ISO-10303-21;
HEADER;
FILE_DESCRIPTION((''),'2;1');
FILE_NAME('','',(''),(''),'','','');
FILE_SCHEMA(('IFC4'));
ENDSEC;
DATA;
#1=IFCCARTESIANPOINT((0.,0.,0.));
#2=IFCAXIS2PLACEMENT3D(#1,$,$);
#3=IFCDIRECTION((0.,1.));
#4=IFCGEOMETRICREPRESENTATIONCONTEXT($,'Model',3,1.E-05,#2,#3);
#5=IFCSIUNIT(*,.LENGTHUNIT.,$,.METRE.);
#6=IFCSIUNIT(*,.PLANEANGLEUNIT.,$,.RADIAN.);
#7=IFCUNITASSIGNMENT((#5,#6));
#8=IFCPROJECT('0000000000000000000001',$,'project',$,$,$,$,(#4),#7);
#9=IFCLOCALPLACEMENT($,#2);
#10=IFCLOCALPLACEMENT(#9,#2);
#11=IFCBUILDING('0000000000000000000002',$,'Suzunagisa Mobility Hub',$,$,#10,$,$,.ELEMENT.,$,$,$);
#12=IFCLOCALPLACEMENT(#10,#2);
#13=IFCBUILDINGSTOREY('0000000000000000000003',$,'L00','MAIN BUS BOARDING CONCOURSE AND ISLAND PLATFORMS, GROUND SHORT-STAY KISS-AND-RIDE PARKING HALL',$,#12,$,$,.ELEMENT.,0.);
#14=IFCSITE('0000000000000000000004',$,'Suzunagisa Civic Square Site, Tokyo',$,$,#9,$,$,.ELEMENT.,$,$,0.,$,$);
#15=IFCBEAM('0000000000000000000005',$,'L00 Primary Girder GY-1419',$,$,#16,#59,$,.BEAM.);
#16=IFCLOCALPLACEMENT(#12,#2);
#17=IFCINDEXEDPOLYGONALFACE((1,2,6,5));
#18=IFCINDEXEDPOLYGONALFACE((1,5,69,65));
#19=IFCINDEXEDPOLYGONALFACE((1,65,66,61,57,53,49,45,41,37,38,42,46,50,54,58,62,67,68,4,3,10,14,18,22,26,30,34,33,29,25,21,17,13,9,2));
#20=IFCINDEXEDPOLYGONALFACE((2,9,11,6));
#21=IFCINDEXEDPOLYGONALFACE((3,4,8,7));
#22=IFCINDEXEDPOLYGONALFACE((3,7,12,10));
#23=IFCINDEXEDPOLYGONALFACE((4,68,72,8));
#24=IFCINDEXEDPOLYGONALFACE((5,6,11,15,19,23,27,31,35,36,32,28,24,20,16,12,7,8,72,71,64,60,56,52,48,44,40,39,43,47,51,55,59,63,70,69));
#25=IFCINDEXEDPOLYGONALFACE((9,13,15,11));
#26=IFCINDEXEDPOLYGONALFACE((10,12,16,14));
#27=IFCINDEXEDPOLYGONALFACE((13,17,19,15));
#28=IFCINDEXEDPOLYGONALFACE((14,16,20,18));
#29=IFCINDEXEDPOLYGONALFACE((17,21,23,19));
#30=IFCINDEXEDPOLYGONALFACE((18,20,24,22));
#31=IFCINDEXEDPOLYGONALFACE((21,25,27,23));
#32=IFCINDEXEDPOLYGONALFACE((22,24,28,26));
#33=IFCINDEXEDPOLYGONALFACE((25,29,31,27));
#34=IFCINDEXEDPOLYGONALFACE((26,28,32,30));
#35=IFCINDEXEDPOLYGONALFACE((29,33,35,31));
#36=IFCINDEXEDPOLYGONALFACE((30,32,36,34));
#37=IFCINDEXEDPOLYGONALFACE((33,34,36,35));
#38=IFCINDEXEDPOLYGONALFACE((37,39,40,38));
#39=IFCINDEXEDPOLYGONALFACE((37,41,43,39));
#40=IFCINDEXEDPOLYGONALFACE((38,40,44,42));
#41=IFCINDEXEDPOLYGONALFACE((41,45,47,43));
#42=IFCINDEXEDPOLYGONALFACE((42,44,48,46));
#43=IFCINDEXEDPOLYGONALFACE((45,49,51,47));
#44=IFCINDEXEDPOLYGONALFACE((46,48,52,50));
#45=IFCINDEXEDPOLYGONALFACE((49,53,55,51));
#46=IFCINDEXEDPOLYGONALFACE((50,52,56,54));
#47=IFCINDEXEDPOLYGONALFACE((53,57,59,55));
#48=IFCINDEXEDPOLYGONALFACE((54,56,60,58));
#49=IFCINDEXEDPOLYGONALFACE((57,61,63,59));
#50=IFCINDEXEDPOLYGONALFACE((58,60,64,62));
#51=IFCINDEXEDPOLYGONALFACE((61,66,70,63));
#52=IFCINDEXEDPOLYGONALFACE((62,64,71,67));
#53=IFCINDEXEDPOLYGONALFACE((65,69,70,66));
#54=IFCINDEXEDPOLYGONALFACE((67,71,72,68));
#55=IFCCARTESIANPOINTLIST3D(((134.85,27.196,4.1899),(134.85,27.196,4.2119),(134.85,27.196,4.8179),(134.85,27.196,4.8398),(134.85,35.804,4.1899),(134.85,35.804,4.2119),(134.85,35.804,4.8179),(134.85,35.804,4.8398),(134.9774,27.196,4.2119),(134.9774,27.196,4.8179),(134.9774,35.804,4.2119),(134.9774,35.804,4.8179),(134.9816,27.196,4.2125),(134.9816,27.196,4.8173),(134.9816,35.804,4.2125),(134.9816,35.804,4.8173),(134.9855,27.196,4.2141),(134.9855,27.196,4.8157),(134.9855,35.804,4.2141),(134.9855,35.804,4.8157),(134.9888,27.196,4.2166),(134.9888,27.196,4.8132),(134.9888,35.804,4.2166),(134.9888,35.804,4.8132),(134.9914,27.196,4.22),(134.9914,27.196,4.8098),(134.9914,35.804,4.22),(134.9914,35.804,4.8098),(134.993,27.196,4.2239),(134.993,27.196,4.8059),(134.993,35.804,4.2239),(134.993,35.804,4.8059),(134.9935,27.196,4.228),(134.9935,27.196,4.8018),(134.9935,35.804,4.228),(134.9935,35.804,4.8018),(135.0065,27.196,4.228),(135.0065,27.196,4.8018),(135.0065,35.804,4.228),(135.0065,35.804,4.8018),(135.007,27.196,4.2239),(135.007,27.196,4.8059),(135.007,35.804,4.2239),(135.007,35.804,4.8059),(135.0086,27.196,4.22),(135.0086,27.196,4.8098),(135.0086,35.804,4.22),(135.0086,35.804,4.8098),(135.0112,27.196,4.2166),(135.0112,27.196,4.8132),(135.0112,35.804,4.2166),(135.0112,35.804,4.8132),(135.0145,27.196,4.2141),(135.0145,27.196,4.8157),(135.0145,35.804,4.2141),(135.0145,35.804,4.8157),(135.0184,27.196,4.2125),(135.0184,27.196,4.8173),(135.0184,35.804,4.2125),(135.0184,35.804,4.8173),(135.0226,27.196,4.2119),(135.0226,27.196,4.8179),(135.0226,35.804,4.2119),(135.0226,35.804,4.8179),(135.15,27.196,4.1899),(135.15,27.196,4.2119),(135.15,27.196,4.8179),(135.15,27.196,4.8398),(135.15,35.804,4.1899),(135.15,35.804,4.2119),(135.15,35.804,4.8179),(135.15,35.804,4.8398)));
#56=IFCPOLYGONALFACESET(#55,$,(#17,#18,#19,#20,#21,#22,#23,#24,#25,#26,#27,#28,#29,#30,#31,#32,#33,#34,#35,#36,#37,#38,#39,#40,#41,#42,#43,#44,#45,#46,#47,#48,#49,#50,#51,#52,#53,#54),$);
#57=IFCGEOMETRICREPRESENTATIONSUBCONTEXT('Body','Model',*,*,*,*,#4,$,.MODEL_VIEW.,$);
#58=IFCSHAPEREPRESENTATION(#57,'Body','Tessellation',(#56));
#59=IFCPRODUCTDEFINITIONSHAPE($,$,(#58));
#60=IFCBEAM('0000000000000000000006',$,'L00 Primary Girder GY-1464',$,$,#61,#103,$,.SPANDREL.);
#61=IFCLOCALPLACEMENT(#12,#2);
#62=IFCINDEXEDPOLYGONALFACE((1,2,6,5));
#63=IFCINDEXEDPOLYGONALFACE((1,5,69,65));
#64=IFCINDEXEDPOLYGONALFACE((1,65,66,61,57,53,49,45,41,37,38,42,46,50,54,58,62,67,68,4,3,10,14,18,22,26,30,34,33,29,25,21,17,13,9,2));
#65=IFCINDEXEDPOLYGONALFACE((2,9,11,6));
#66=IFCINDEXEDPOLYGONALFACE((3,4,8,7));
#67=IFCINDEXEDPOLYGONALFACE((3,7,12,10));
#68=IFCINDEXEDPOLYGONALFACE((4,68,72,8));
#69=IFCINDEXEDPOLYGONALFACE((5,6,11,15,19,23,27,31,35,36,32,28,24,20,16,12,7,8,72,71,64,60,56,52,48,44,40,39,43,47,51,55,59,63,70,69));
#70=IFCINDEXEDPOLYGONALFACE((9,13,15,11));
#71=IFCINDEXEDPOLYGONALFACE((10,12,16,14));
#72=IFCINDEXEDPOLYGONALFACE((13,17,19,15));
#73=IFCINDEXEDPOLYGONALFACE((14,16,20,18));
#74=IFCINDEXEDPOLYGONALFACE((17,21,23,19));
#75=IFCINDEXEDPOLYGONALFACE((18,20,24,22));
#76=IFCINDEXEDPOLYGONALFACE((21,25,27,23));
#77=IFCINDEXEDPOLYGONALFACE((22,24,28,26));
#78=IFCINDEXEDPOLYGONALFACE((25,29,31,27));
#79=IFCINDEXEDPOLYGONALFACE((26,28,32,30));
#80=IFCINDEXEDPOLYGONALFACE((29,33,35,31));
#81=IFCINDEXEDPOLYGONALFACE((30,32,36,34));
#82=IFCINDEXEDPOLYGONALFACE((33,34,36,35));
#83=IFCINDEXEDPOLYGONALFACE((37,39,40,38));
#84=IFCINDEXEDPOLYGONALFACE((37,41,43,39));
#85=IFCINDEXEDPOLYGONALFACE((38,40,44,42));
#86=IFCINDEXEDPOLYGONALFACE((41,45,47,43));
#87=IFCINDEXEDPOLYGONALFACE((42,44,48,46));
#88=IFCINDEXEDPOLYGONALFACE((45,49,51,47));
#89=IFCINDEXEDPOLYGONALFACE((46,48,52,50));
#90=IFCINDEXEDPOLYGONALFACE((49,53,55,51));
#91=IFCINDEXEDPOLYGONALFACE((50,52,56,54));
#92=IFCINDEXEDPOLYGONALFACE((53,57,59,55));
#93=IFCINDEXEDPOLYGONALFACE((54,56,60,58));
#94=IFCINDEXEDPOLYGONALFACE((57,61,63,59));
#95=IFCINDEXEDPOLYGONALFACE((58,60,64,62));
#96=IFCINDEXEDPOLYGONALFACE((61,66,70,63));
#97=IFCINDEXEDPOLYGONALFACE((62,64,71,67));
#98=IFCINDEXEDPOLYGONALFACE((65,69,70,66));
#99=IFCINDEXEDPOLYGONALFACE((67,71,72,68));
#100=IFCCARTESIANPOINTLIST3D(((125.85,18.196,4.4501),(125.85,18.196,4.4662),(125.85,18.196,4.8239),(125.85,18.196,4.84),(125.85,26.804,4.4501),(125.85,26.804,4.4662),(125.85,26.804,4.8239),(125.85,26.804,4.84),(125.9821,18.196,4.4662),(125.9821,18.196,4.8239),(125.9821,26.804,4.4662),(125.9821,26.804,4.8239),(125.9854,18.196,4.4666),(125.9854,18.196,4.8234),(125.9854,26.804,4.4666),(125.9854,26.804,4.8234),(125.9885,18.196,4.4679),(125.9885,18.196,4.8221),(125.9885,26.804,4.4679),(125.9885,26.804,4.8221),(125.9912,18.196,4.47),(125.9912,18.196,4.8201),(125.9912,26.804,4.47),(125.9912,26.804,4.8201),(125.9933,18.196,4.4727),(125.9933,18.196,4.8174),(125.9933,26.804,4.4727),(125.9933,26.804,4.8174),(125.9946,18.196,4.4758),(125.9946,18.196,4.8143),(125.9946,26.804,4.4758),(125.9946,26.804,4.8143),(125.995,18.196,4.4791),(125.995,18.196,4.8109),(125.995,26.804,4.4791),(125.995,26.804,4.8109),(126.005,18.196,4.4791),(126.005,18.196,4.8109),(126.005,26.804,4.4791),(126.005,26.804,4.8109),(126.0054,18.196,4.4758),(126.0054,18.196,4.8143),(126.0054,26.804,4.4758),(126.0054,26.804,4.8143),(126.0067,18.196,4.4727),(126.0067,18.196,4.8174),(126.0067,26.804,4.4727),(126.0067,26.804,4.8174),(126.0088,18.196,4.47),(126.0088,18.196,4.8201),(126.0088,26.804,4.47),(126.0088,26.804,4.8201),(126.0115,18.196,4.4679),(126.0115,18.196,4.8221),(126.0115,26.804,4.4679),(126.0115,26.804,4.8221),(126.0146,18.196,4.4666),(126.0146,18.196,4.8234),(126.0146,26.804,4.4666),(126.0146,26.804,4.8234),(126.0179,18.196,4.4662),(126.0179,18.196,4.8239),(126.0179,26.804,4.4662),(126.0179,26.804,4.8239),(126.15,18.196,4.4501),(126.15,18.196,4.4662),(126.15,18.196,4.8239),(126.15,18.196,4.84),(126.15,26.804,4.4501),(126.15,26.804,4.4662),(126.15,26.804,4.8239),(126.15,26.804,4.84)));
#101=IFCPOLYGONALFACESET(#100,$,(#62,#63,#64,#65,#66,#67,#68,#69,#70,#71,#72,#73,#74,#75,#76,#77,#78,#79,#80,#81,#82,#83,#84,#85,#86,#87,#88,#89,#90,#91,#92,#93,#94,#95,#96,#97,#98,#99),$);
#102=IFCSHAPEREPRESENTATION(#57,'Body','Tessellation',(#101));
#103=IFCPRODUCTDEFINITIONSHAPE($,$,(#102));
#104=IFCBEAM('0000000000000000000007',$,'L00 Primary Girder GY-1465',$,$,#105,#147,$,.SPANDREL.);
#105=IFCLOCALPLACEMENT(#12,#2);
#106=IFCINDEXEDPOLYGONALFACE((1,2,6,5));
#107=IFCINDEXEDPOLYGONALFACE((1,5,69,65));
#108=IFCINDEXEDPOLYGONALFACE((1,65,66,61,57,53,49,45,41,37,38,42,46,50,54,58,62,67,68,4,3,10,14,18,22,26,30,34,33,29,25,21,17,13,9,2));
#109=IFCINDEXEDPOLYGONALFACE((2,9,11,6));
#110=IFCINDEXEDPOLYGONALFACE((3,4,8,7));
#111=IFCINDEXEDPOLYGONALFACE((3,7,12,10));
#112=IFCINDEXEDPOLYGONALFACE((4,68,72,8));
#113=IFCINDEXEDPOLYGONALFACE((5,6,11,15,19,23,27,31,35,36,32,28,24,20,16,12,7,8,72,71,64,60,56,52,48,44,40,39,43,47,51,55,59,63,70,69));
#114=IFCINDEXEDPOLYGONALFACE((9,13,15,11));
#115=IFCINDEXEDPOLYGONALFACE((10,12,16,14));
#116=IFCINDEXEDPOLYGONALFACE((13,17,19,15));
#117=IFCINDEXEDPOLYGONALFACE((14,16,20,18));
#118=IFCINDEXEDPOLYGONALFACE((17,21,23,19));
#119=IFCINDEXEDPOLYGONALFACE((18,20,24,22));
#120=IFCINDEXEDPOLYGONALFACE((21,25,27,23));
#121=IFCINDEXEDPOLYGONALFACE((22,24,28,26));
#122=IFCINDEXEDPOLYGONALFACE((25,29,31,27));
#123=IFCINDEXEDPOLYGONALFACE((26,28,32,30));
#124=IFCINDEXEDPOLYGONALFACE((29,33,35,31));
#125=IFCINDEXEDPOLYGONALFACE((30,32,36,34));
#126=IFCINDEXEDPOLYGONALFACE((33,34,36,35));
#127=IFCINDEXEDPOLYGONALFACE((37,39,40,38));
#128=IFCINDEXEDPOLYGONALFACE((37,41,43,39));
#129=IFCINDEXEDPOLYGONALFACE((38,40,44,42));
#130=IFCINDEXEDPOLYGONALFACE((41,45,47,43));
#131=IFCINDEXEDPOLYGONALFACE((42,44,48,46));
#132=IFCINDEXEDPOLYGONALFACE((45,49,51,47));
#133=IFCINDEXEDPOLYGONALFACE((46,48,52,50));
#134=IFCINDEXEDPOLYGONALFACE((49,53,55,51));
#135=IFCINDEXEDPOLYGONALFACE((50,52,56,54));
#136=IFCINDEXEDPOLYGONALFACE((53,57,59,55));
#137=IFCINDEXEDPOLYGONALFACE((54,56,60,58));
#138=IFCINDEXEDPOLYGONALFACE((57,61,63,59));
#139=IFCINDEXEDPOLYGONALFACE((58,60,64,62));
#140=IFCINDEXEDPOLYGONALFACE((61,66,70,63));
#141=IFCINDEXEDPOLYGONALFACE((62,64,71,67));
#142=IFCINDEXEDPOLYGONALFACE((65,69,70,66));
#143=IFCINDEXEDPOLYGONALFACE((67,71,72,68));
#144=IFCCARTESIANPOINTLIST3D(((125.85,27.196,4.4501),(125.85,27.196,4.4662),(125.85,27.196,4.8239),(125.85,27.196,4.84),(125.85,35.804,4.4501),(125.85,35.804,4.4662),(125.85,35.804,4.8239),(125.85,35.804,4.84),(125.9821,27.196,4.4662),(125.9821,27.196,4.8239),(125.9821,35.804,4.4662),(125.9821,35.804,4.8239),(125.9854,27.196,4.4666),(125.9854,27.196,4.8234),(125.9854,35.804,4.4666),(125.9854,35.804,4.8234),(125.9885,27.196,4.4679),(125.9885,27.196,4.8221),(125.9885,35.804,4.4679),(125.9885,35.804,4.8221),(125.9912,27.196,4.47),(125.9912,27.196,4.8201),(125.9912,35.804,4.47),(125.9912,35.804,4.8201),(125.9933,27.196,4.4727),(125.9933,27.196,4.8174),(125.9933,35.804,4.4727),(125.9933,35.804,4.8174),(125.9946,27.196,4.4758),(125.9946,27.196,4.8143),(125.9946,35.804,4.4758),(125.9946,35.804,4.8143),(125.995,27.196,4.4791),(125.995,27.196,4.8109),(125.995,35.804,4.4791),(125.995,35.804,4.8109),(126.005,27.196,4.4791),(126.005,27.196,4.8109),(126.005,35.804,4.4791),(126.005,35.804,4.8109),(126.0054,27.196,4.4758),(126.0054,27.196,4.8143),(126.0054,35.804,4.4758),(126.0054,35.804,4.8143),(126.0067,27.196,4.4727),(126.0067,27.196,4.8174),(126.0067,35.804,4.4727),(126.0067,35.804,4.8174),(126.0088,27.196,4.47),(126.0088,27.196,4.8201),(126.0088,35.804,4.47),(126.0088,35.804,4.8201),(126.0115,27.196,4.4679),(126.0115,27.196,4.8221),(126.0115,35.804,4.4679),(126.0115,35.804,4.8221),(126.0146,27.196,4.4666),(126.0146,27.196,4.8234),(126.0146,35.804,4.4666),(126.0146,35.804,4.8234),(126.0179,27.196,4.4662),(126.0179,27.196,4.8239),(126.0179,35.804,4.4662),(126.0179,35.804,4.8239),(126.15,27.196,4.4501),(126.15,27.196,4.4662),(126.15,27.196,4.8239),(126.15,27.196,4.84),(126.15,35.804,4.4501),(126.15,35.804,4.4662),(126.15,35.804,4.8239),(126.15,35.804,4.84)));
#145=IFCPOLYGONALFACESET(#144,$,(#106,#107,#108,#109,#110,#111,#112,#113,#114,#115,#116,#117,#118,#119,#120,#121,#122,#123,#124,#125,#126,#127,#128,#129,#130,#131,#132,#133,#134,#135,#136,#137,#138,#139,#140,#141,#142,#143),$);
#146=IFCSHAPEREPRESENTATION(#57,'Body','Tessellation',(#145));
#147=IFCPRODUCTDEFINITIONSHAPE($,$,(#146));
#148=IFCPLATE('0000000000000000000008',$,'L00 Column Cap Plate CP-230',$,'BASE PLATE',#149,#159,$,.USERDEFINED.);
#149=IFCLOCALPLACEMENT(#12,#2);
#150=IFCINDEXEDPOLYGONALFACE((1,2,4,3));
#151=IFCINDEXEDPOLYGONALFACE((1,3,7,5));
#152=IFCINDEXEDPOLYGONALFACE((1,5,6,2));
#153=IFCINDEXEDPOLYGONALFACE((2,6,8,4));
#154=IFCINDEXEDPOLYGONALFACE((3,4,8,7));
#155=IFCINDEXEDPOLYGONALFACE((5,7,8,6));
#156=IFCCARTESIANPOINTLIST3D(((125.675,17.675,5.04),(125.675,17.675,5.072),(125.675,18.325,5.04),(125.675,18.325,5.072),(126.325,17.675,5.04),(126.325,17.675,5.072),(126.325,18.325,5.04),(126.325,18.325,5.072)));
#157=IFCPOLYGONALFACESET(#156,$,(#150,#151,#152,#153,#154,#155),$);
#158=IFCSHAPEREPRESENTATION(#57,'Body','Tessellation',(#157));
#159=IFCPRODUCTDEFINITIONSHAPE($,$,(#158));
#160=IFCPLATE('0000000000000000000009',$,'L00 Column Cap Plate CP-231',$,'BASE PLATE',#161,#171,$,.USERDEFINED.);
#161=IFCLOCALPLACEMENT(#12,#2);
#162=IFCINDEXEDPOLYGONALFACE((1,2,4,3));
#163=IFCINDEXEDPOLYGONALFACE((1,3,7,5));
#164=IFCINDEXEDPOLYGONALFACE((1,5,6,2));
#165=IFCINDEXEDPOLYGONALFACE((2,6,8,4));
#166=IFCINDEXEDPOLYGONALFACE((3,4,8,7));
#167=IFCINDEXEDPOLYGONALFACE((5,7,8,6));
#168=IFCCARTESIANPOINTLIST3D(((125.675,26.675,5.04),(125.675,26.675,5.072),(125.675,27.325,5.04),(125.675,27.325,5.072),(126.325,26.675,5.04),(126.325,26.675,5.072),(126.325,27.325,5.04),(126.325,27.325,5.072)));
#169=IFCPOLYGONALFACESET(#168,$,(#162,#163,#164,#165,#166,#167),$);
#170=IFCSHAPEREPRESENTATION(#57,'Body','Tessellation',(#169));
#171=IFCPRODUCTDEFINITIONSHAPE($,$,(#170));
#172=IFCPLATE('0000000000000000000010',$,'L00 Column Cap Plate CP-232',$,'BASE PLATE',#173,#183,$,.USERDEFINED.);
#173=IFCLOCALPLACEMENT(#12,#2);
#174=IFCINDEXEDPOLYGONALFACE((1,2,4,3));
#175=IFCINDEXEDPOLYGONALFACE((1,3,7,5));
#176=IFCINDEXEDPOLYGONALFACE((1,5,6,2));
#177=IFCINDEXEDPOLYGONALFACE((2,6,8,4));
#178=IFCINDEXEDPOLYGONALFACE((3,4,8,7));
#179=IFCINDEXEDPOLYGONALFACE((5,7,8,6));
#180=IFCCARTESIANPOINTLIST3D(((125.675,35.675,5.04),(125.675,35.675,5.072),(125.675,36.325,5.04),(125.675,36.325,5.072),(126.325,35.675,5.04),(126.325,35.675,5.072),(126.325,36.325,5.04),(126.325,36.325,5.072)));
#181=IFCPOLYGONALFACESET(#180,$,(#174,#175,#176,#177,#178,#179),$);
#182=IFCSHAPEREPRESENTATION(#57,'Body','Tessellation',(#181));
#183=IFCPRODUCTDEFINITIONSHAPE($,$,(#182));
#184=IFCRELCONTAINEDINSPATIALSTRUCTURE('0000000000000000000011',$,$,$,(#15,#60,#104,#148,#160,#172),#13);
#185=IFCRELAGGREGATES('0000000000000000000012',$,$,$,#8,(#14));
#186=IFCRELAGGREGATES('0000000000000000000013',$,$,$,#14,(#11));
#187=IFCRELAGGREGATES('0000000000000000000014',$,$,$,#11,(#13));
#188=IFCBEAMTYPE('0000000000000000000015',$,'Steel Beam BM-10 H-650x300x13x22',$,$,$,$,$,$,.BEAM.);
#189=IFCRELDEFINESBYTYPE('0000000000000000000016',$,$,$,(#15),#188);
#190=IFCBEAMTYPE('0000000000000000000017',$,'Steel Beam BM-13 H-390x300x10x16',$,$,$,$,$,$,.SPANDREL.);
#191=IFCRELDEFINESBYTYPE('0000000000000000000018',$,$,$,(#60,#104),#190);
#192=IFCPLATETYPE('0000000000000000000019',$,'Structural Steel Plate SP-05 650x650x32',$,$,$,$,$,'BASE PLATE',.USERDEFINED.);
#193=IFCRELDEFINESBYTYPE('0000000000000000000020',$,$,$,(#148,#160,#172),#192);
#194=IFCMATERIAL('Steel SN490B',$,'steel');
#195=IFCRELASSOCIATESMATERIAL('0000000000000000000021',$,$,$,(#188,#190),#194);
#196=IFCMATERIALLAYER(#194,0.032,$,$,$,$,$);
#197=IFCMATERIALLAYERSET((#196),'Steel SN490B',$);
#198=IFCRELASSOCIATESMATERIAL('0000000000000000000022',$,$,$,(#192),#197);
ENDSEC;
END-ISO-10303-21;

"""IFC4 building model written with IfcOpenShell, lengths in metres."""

from ifc_helpers import new_model, si_unit, direction, frame, origin, origin_2d, place, context, subcontext, project, spatial, rectangle, i_section, extrude, material, layer, layer_set, material_profile, profile_set, type_object, element, save


model = new_model("IFC4")

# Units and contexts
model_context = context("Model", 3, precision=1e-05, world=origin(), true_north=direction((0.0, 1.0)))
body_context = subcontext(model_context, "Body", "Model", "MODEL_VIEW")
ifc_project = project(units=[si_unit("LENGTHUNIT", "METRE"), si_unit("PLANEANGLEUNIT", "RADIAN")], contexts=[model_context])

# Site, building, storey
site_placement = place(None, origin())
site = spatial("IfcSite", under=ifc_project, at=site_placement, Name="Suzunagisa Civic Square Site, Tokyo", CompositionType="ELEMENT", RefElevation=0.0)
building_placement = place(site_placement, origin())
building = spatial("IfcBuilding", under=site, at=building_placement, Name="Suzunagisa Mobility Hub", CompositionType="ELEMENT")
storey_placement = place(building_placement, origin())
storey = spatial("IfcBuildingStorey", under=building, at=storey_placement, Name="L00", Description="MAIN BUS BOARDING CONCOURSE AND ISLAND PLATFORMS, GROUND SHORT-STAY KISS-AND-RIDE PARKING HALL", CompositionType="ELEMENT", Elevation=0.0)

# Shared definitions
ifc_material_1 = material(Name="Steel SN490B", Category="steel")

# Beams
ifc_material_profile_1 = material_profile(ifc_material_1, i_section(OverallWidth=0.3, OverallDepth=0.6499, WebThickness=0.0129, FlangeThickness=0.022, FilletRadius=0.0161, at=origin_2d()), Name="H-650x300x13x22")
ifc_profile_set_1 = profile_set([ifc_material_profile_1], Name="Steel SN490B")
beam_type_1 = type_object("IfcBeamType", Name="Steel Beam BM-10 H-650x300x13x22", PredefinedType="BEAM", material=ifc_profile_set_1)
for number, where, z_axis, x_axis, name in (
    (1, (135.0, 27.196, 4.5149), (0.0, 1.0, 0.0), (-1.0, 0.0, 0.0), "L00 Primary Girder GY-1419"),
):
    element("IfcBeam", number, at=place(storey_placement, frame(where, z_axis=z_axis, x_axis=x_axis)), inside=storey, type_object=beam_type_1, Name=name, PredefinedType="BEAM", context=body_context, shape_type="SweptSolid", body=[
        extrude(i_section(OverallWidth=0.3, OverallDepth=0.6499, WebThickness=0.0129, FlangeThickness=0.022, FilletRadius=0.0161, at=origin_2d()), origin(), (0.0, 0.0, 1.0), 8.6079),
    ])
ifc_material_profile_2 = material_profile(ifc_material_1, i_section(OverallWidth=0.3, OverallDepth=0.3899, WebThickness=0.01, FlangeThickness=0.0161, FilletRadius=0.0129, at=origin_2d()), Name="H-390x300x10x16")
ifc_profile_set_2 = profile_set([ifc_material_profile_2], Name="Steel SN490B")
beam_type_2 = type_object("IfcBeamType", Name="Steel Beam BM-13 H-390x300x10x16", PredefinedType="SPANDREL", material=ifc_profile_set_2)
for number, where, z_axis, x_axis, name in (
    (2, (126.0, 18.196, 4.645), (0.0, 1.0, 0.0), (-1.0, 0.0, 0.0), "L00 Primary Girder GY-1464"),
    (3, (126.0, 27.196, 4.645), (0.0, 1.0, 0.0), (-1.0, 0.0, 0.0), "L00 Primary Girder GY-1465"),
):
    element("IfcBeam", number, at=place(storey_placement, frame(where, z_axis=z_axis, x_axis=x_axis)), inside=storey, type_object=beam_type_2, Name=name, PredefinedType="SPANDREL", context=body_context, shape_type="SweptSolid", body=[
        extrude(i_section(OverallWidth=0.3, OverallDepth=0.3899, WebThickness=0.01, FlangeThickness=0.0161, FilletRadius=0.0129, at=origin_2d()), origin(), (0.0, 0.0, 1.0), 8.6079),
    ])

# Plates
ifc_layer_1 = layer(ifc_material_1, 0.032)
ifc_layer_set_1 = layer_set([ifc_layer_1], Name="Steel SN490B")
plate_type = type_object("IfcPlateType", Name="Structural Steel Plate SP-05 650x650x32", ElementType="BASE PLATE", PredefinedType="USERDEFINED", material=ifc_layer_set_1)
for number, where, z_axis, x_axis, name in (
    (4, (126.0, 18.0, 5.04), (0.0, 0.0, 1.0), (1.0, 0.0, 0.0), "L00 Column Cap Plate CP-230"),
    (5, (126.0, 27.0, 5.04), (0.0, 0.0, 1.0), (1.0, 0.0, 0.0), "L00 Column Cap Plate CP-231"),
    (6, (126.0, 36.0, 5.04), (0.0, 0.0, 1.0), (1.0, 0.0, 0.0), "L00 Column Cap Plate CP-232"),
):
    element("IfcPlate", number, at=place(storey_placement, frame(where, z_axis=z_axis, x_axis=x_axis)), inside=storey, type_object=plate_type, Name=name, ObjectType="BASE PLATE", PredefinedType="USERDEFINED", context=body_context, shape_type="SweptSolid", body=[
        extrude(rectangle(XDim=0.6499, YDim=0.6499, at=origin_2d()), origin(), (0.0, 0.0, 1.0), 0.032),
    ])

save(model, "model.ifc")
